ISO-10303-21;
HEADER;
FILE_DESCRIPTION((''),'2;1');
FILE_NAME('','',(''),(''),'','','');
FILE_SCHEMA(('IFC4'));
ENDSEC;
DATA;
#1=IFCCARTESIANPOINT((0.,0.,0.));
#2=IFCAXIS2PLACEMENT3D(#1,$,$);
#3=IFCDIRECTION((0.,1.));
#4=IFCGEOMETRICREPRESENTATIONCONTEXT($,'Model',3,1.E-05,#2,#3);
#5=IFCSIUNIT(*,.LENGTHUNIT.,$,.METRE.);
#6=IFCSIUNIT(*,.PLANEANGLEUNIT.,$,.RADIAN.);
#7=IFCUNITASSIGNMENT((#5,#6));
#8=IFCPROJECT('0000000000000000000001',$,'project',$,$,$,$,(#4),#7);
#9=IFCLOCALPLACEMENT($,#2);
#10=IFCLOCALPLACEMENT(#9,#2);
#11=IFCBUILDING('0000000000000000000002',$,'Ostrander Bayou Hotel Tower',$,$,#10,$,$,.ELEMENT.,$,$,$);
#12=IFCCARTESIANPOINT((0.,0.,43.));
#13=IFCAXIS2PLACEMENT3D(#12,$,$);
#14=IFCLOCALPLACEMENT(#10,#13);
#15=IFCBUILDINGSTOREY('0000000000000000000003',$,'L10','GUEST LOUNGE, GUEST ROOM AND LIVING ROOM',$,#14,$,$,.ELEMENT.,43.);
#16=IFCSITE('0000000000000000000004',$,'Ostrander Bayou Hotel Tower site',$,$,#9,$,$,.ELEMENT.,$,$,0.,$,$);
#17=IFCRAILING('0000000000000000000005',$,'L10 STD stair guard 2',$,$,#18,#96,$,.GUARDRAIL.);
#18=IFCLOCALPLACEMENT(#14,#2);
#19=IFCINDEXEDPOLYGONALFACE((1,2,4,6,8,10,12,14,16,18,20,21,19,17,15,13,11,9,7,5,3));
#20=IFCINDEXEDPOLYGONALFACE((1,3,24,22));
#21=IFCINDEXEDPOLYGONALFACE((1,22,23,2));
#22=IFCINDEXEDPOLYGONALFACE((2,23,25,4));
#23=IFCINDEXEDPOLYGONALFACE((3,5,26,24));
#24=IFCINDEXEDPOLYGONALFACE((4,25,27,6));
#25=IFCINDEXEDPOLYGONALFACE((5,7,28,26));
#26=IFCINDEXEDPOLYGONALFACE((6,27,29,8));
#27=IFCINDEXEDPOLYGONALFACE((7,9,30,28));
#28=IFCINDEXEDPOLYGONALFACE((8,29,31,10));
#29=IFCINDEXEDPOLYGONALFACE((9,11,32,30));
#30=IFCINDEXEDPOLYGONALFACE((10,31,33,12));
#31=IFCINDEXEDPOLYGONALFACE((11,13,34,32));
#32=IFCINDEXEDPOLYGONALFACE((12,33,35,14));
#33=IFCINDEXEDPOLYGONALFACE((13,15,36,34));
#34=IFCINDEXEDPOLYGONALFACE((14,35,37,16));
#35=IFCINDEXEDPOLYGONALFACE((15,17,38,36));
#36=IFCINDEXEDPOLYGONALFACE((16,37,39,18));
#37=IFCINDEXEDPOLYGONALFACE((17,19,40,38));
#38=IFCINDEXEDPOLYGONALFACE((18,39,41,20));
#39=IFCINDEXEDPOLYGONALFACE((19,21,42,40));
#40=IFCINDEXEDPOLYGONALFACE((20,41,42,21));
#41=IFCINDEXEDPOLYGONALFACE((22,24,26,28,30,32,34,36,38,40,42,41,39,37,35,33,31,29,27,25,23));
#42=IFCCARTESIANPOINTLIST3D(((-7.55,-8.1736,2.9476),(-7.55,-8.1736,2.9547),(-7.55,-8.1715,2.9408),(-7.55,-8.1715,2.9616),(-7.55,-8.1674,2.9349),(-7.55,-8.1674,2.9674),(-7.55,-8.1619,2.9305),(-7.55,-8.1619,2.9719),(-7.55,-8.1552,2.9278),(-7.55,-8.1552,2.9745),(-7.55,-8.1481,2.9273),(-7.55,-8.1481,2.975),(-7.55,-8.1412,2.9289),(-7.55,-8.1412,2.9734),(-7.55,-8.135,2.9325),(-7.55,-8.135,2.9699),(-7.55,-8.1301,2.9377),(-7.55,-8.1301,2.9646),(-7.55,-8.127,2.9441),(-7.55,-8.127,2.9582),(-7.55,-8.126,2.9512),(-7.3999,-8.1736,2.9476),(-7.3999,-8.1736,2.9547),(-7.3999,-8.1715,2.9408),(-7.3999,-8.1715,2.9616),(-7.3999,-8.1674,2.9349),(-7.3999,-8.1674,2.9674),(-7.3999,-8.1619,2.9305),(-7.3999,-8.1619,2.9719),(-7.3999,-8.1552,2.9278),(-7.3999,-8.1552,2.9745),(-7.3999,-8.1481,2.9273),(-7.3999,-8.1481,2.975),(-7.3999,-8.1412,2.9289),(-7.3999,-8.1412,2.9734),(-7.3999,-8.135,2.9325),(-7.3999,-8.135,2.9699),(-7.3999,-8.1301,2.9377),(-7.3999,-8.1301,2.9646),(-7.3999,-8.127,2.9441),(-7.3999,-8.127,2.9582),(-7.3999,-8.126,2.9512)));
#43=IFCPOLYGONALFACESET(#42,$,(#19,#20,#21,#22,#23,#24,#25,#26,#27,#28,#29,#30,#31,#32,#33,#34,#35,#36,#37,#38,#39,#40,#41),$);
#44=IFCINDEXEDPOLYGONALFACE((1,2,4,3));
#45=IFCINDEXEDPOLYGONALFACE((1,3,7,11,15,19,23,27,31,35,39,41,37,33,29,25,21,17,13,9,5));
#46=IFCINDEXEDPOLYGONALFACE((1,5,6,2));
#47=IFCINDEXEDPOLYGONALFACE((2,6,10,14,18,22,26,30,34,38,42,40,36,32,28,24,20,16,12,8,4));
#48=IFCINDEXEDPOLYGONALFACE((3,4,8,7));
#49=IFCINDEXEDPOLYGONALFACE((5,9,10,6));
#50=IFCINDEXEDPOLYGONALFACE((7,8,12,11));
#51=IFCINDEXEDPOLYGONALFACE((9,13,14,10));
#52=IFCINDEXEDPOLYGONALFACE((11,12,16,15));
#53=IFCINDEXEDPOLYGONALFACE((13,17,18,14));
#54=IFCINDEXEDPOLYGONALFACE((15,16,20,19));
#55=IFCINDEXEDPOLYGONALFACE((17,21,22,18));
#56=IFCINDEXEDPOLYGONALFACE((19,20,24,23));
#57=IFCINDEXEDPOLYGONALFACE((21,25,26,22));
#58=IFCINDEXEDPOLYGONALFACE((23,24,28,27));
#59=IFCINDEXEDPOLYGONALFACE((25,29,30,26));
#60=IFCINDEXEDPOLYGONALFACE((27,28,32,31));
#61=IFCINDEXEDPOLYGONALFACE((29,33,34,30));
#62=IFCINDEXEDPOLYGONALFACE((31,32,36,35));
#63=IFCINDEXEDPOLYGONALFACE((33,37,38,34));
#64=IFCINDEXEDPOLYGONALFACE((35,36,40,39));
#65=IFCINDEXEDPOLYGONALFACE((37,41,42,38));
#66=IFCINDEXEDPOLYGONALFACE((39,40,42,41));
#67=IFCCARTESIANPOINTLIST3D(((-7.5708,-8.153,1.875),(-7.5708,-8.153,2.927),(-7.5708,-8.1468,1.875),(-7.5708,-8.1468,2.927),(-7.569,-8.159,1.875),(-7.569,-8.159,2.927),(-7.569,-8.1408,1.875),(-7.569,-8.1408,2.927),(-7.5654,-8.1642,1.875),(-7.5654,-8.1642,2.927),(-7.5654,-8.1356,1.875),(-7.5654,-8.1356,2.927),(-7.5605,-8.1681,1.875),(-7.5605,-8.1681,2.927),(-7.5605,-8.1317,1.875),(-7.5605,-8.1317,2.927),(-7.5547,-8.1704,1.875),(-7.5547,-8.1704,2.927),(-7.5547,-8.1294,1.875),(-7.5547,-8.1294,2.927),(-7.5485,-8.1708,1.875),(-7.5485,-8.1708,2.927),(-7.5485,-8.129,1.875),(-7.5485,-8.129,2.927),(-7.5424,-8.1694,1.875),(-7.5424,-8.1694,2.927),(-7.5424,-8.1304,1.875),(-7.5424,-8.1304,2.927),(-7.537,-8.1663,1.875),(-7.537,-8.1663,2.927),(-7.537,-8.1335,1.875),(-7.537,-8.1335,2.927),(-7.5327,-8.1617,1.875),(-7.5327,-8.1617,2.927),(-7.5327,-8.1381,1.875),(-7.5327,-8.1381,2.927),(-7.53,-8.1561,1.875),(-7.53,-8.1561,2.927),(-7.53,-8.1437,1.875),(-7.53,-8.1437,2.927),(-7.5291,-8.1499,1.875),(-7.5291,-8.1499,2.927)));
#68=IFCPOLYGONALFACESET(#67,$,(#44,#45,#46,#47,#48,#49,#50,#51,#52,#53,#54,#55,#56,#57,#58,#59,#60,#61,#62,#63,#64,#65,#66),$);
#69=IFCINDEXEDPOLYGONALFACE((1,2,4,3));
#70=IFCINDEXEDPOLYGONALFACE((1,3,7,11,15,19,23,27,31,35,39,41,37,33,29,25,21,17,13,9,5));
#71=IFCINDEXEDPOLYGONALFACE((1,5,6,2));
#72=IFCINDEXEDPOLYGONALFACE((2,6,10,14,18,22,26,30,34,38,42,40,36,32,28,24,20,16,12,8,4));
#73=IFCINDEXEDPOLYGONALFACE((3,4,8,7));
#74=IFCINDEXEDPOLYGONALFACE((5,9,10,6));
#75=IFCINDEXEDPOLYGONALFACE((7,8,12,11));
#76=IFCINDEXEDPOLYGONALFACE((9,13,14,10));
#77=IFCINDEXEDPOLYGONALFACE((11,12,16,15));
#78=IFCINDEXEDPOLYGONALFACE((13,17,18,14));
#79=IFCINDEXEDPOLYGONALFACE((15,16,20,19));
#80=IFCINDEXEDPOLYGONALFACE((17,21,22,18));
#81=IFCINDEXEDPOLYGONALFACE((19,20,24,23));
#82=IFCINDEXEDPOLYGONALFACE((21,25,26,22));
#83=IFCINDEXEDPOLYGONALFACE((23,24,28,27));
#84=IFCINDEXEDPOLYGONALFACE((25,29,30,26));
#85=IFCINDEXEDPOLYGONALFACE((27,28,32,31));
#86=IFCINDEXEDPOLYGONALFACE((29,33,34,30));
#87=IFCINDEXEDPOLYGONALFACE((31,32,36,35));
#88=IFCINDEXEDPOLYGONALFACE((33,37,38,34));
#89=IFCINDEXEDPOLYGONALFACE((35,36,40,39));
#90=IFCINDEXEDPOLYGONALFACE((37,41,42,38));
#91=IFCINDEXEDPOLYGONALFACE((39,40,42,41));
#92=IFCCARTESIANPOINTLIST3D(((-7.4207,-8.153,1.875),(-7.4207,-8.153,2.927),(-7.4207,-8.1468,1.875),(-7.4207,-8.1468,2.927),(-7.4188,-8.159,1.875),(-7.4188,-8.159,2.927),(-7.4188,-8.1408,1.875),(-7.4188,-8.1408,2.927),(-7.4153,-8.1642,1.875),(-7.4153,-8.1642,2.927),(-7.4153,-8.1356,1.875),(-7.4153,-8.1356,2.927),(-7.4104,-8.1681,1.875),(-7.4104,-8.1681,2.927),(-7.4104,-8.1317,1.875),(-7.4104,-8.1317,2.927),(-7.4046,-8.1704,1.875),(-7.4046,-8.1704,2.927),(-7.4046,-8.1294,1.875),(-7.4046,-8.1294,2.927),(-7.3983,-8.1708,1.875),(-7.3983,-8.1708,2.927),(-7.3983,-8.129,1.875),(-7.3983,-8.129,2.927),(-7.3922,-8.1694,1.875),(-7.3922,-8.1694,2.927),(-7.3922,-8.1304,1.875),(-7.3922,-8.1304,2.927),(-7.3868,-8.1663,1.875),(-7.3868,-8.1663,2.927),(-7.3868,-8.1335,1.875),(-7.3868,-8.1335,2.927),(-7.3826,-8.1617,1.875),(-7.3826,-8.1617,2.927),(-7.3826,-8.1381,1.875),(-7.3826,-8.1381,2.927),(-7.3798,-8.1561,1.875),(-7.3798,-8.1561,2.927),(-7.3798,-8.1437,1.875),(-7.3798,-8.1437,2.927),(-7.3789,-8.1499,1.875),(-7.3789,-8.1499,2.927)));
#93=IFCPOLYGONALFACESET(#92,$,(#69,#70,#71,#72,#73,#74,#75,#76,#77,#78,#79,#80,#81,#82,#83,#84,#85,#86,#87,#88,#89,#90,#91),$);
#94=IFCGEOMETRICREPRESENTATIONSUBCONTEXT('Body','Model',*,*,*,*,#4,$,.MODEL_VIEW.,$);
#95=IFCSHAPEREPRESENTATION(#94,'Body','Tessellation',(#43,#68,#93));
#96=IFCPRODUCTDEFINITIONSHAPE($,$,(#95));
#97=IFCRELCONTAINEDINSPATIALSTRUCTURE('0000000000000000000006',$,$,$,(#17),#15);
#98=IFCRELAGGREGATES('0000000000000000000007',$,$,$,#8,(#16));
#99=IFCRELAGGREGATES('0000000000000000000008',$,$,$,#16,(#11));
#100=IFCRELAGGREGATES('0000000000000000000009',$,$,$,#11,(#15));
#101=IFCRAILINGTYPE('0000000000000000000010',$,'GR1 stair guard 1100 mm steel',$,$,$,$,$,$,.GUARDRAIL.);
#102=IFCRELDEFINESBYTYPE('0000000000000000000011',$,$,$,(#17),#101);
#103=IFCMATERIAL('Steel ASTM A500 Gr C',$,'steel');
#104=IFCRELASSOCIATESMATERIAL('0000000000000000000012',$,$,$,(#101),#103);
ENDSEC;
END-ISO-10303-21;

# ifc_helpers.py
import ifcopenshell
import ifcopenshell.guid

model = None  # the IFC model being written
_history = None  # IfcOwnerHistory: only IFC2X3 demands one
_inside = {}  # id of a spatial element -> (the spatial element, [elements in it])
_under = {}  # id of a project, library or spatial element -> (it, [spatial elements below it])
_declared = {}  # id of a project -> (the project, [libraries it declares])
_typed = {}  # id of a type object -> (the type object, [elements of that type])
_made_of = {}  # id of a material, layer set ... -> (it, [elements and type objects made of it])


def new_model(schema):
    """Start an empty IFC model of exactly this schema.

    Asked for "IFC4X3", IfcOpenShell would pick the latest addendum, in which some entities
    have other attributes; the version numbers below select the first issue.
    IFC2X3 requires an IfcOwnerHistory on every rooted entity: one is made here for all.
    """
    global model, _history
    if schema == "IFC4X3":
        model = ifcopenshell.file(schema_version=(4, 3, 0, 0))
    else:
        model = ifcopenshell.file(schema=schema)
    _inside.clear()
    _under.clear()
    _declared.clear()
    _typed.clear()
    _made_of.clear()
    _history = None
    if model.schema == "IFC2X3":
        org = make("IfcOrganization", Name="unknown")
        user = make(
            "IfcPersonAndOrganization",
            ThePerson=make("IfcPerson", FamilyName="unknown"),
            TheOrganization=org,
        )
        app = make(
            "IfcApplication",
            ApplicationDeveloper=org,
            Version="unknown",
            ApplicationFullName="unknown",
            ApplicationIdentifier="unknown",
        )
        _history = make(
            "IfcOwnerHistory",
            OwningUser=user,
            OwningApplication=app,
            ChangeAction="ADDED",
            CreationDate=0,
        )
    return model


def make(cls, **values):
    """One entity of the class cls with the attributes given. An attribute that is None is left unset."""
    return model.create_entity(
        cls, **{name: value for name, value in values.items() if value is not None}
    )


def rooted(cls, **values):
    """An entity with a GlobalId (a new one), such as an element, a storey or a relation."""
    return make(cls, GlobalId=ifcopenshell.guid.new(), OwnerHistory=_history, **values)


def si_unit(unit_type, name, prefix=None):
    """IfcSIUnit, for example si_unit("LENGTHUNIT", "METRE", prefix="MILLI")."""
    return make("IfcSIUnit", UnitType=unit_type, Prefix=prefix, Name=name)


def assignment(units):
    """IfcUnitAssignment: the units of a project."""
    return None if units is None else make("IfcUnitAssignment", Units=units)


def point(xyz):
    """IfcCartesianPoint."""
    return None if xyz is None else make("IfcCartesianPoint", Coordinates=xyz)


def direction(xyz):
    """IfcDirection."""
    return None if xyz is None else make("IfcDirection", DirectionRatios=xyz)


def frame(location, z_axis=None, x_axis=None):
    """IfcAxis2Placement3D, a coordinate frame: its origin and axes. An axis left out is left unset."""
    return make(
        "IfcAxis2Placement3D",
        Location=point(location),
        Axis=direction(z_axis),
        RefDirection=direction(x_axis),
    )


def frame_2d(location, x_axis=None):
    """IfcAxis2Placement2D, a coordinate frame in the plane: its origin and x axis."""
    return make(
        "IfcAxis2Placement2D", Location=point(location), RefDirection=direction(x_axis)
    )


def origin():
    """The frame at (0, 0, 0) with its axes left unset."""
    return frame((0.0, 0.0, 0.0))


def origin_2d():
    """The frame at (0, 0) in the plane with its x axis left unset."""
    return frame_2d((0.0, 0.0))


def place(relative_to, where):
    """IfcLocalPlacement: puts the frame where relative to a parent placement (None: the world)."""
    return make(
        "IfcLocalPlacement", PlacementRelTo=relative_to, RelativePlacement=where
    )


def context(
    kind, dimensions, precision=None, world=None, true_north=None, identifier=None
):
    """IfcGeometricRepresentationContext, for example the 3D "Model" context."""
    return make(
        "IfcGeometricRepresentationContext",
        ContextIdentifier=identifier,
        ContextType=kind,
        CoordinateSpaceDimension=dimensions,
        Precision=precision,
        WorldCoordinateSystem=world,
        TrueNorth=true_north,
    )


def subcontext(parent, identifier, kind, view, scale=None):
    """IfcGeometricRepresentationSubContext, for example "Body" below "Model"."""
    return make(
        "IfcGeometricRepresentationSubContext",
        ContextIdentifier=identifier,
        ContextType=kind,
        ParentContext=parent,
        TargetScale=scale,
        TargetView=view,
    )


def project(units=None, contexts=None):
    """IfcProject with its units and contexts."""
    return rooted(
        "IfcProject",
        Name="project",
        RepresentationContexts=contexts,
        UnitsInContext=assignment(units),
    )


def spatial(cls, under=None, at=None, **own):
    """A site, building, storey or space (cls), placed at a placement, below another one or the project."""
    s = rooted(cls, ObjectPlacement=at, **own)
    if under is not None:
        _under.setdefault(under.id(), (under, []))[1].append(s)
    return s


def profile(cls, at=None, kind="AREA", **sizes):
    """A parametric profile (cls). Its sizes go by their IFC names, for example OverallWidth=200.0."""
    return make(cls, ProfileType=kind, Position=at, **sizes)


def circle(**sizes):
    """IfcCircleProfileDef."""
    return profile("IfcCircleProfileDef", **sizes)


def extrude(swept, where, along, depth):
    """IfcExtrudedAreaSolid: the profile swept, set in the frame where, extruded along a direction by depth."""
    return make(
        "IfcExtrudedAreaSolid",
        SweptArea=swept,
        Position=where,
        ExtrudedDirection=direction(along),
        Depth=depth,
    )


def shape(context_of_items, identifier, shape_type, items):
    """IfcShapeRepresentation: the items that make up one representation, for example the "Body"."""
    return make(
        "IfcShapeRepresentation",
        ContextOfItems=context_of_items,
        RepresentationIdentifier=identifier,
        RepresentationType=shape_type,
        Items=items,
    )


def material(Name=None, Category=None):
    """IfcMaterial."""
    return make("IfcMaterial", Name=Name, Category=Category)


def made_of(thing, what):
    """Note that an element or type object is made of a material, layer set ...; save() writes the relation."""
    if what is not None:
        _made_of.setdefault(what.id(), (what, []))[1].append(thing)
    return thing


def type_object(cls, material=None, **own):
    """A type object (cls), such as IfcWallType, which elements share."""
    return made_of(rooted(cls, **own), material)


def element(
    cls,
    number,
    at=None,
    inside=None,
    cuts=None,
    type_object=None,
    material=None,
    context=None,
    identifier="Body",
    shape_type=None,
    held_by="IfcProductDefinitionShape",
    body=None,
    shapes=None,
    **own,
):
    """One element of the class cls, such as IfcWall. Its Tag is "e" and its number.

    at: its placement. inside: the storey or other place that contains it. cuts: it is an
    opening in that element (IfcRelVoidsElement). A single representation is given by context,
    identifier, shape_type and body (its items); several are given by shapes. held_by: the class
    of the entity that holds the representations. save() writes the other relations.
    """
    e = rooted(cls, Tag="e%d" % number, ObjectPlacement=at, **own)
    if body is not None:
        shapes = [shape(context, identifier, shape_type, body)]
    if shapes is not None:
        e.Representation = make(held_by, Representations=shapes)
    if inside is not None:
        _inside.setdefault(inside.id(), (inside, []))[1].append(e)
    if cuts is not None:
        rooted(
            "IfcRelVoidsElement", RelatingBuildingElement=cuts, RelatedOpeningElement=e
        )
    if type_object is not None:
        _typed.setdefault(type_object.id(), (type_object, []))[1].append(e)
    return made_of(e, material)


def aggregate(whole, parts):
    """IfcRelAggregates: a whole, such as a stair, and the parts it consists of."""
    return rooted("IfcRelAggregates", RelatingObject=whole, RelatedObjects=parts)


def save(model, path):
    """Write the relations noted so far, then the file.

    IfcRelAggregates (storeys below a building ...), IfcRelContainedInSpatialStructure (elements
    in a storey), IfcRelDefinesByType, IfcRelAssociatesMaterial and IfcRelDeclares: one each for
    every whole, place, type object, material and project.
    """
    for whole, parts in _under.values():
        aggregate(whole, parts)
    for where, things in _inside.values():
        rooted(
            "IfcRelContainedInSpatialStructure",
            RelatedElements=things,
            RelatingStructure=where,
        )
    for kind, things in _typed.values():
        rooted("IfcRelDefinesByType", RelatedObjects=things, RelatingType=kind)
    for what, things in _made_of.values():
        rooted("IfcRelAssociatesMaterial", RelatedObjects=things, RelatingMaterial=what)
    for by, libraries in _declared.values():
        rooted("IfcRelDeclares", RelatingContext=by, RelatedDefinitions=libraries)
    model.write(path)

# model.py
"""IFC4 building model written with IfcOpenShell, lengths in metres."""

from ifc_helpers import new_model, si_unit, direction, frame, origin, origin_2d, place, context, subcontext, project, spatial, circle, extrude, material, type_object, element, save


model = new_model("IFC4")

# Units and contexts
model_context = context("Model", 3, precision=1e-05, world=origin(), true_north=direction((0.0, 1.0)))
body_context = subcontext(model_context, "Body", "Model", "MODEL_VIEW")
ifc_project = project(units=[si_unit("LENGTHUNIT", "METRE"), si_unit("PLANEANGLEUNIT", "RADIAN")], contexts=[model_context])

# Site, building, storey
site_placement = place(None, origin())
site = spatial("IfcSite", under=ifc_project, at=site_placement, Name="Ostrander Bayou Hotel Tower site", CompositionType="ELEMENT", RefElevation=0.0)
building_placement = place(site_placement, origin())
building = spatial("IfcBuilding", under=site, at=building_placement, Name="Ostrander Bayou Hotel Tower", CompositionType="ELEMENT")
storey_placement = place(building_placement, frame((0.0, 0.0, 43.0)))
storey = spatial("IfcBuildingStorey", under=building, at=storey_placement, Name="L10", Description="GUEST LOUNGE, GUEST ROOM AND LIVING ROOM", CompositionType="ELEMENT", Elevation=43.0)

# Railing
ifc_material_1 = material(Name="Steel ASTM A500 Gr C", Category="steel")
railing_type_1 = type_object("IfcRailingType", Name="GR1 stair guard 1100 mm steel", PredefinedType="GUARDRAIL", material=ifc_material_1)
railing_1_placement = place(storey_placement, frame((-7.55, -8.1499, 1.875)))
element("IfcRailing", 1, at=railing_1_placement, inside=storey, type_object=railing_type_1, Name="L10 STD stair guard 2", PredefinedType="GUARDRAIL", context=body_context, shape_type="SweptSolid", body=[
    extrude(circle(Radius=0.0239, at=origin_2d()), frame((0.0, 0.0, 1.0762), z_axis=(1.0, 0.0, 0.0), x_axis=(0.0, 1.0, 0.0)), (0.0, 0.0, 1.0), 0.1501),
    extrude(circle(Radius=0.021, at=origin_2d()), origin(), (0.0, 0.0, 1.0), 1.052),
    extrude(circle(Radius=0.021, at=origin_2d()), frame((0.1501, 0.0, 0.0)), (0.0, 0.0, 1.0), 1.052),
])

save(model, "model.ifc")
